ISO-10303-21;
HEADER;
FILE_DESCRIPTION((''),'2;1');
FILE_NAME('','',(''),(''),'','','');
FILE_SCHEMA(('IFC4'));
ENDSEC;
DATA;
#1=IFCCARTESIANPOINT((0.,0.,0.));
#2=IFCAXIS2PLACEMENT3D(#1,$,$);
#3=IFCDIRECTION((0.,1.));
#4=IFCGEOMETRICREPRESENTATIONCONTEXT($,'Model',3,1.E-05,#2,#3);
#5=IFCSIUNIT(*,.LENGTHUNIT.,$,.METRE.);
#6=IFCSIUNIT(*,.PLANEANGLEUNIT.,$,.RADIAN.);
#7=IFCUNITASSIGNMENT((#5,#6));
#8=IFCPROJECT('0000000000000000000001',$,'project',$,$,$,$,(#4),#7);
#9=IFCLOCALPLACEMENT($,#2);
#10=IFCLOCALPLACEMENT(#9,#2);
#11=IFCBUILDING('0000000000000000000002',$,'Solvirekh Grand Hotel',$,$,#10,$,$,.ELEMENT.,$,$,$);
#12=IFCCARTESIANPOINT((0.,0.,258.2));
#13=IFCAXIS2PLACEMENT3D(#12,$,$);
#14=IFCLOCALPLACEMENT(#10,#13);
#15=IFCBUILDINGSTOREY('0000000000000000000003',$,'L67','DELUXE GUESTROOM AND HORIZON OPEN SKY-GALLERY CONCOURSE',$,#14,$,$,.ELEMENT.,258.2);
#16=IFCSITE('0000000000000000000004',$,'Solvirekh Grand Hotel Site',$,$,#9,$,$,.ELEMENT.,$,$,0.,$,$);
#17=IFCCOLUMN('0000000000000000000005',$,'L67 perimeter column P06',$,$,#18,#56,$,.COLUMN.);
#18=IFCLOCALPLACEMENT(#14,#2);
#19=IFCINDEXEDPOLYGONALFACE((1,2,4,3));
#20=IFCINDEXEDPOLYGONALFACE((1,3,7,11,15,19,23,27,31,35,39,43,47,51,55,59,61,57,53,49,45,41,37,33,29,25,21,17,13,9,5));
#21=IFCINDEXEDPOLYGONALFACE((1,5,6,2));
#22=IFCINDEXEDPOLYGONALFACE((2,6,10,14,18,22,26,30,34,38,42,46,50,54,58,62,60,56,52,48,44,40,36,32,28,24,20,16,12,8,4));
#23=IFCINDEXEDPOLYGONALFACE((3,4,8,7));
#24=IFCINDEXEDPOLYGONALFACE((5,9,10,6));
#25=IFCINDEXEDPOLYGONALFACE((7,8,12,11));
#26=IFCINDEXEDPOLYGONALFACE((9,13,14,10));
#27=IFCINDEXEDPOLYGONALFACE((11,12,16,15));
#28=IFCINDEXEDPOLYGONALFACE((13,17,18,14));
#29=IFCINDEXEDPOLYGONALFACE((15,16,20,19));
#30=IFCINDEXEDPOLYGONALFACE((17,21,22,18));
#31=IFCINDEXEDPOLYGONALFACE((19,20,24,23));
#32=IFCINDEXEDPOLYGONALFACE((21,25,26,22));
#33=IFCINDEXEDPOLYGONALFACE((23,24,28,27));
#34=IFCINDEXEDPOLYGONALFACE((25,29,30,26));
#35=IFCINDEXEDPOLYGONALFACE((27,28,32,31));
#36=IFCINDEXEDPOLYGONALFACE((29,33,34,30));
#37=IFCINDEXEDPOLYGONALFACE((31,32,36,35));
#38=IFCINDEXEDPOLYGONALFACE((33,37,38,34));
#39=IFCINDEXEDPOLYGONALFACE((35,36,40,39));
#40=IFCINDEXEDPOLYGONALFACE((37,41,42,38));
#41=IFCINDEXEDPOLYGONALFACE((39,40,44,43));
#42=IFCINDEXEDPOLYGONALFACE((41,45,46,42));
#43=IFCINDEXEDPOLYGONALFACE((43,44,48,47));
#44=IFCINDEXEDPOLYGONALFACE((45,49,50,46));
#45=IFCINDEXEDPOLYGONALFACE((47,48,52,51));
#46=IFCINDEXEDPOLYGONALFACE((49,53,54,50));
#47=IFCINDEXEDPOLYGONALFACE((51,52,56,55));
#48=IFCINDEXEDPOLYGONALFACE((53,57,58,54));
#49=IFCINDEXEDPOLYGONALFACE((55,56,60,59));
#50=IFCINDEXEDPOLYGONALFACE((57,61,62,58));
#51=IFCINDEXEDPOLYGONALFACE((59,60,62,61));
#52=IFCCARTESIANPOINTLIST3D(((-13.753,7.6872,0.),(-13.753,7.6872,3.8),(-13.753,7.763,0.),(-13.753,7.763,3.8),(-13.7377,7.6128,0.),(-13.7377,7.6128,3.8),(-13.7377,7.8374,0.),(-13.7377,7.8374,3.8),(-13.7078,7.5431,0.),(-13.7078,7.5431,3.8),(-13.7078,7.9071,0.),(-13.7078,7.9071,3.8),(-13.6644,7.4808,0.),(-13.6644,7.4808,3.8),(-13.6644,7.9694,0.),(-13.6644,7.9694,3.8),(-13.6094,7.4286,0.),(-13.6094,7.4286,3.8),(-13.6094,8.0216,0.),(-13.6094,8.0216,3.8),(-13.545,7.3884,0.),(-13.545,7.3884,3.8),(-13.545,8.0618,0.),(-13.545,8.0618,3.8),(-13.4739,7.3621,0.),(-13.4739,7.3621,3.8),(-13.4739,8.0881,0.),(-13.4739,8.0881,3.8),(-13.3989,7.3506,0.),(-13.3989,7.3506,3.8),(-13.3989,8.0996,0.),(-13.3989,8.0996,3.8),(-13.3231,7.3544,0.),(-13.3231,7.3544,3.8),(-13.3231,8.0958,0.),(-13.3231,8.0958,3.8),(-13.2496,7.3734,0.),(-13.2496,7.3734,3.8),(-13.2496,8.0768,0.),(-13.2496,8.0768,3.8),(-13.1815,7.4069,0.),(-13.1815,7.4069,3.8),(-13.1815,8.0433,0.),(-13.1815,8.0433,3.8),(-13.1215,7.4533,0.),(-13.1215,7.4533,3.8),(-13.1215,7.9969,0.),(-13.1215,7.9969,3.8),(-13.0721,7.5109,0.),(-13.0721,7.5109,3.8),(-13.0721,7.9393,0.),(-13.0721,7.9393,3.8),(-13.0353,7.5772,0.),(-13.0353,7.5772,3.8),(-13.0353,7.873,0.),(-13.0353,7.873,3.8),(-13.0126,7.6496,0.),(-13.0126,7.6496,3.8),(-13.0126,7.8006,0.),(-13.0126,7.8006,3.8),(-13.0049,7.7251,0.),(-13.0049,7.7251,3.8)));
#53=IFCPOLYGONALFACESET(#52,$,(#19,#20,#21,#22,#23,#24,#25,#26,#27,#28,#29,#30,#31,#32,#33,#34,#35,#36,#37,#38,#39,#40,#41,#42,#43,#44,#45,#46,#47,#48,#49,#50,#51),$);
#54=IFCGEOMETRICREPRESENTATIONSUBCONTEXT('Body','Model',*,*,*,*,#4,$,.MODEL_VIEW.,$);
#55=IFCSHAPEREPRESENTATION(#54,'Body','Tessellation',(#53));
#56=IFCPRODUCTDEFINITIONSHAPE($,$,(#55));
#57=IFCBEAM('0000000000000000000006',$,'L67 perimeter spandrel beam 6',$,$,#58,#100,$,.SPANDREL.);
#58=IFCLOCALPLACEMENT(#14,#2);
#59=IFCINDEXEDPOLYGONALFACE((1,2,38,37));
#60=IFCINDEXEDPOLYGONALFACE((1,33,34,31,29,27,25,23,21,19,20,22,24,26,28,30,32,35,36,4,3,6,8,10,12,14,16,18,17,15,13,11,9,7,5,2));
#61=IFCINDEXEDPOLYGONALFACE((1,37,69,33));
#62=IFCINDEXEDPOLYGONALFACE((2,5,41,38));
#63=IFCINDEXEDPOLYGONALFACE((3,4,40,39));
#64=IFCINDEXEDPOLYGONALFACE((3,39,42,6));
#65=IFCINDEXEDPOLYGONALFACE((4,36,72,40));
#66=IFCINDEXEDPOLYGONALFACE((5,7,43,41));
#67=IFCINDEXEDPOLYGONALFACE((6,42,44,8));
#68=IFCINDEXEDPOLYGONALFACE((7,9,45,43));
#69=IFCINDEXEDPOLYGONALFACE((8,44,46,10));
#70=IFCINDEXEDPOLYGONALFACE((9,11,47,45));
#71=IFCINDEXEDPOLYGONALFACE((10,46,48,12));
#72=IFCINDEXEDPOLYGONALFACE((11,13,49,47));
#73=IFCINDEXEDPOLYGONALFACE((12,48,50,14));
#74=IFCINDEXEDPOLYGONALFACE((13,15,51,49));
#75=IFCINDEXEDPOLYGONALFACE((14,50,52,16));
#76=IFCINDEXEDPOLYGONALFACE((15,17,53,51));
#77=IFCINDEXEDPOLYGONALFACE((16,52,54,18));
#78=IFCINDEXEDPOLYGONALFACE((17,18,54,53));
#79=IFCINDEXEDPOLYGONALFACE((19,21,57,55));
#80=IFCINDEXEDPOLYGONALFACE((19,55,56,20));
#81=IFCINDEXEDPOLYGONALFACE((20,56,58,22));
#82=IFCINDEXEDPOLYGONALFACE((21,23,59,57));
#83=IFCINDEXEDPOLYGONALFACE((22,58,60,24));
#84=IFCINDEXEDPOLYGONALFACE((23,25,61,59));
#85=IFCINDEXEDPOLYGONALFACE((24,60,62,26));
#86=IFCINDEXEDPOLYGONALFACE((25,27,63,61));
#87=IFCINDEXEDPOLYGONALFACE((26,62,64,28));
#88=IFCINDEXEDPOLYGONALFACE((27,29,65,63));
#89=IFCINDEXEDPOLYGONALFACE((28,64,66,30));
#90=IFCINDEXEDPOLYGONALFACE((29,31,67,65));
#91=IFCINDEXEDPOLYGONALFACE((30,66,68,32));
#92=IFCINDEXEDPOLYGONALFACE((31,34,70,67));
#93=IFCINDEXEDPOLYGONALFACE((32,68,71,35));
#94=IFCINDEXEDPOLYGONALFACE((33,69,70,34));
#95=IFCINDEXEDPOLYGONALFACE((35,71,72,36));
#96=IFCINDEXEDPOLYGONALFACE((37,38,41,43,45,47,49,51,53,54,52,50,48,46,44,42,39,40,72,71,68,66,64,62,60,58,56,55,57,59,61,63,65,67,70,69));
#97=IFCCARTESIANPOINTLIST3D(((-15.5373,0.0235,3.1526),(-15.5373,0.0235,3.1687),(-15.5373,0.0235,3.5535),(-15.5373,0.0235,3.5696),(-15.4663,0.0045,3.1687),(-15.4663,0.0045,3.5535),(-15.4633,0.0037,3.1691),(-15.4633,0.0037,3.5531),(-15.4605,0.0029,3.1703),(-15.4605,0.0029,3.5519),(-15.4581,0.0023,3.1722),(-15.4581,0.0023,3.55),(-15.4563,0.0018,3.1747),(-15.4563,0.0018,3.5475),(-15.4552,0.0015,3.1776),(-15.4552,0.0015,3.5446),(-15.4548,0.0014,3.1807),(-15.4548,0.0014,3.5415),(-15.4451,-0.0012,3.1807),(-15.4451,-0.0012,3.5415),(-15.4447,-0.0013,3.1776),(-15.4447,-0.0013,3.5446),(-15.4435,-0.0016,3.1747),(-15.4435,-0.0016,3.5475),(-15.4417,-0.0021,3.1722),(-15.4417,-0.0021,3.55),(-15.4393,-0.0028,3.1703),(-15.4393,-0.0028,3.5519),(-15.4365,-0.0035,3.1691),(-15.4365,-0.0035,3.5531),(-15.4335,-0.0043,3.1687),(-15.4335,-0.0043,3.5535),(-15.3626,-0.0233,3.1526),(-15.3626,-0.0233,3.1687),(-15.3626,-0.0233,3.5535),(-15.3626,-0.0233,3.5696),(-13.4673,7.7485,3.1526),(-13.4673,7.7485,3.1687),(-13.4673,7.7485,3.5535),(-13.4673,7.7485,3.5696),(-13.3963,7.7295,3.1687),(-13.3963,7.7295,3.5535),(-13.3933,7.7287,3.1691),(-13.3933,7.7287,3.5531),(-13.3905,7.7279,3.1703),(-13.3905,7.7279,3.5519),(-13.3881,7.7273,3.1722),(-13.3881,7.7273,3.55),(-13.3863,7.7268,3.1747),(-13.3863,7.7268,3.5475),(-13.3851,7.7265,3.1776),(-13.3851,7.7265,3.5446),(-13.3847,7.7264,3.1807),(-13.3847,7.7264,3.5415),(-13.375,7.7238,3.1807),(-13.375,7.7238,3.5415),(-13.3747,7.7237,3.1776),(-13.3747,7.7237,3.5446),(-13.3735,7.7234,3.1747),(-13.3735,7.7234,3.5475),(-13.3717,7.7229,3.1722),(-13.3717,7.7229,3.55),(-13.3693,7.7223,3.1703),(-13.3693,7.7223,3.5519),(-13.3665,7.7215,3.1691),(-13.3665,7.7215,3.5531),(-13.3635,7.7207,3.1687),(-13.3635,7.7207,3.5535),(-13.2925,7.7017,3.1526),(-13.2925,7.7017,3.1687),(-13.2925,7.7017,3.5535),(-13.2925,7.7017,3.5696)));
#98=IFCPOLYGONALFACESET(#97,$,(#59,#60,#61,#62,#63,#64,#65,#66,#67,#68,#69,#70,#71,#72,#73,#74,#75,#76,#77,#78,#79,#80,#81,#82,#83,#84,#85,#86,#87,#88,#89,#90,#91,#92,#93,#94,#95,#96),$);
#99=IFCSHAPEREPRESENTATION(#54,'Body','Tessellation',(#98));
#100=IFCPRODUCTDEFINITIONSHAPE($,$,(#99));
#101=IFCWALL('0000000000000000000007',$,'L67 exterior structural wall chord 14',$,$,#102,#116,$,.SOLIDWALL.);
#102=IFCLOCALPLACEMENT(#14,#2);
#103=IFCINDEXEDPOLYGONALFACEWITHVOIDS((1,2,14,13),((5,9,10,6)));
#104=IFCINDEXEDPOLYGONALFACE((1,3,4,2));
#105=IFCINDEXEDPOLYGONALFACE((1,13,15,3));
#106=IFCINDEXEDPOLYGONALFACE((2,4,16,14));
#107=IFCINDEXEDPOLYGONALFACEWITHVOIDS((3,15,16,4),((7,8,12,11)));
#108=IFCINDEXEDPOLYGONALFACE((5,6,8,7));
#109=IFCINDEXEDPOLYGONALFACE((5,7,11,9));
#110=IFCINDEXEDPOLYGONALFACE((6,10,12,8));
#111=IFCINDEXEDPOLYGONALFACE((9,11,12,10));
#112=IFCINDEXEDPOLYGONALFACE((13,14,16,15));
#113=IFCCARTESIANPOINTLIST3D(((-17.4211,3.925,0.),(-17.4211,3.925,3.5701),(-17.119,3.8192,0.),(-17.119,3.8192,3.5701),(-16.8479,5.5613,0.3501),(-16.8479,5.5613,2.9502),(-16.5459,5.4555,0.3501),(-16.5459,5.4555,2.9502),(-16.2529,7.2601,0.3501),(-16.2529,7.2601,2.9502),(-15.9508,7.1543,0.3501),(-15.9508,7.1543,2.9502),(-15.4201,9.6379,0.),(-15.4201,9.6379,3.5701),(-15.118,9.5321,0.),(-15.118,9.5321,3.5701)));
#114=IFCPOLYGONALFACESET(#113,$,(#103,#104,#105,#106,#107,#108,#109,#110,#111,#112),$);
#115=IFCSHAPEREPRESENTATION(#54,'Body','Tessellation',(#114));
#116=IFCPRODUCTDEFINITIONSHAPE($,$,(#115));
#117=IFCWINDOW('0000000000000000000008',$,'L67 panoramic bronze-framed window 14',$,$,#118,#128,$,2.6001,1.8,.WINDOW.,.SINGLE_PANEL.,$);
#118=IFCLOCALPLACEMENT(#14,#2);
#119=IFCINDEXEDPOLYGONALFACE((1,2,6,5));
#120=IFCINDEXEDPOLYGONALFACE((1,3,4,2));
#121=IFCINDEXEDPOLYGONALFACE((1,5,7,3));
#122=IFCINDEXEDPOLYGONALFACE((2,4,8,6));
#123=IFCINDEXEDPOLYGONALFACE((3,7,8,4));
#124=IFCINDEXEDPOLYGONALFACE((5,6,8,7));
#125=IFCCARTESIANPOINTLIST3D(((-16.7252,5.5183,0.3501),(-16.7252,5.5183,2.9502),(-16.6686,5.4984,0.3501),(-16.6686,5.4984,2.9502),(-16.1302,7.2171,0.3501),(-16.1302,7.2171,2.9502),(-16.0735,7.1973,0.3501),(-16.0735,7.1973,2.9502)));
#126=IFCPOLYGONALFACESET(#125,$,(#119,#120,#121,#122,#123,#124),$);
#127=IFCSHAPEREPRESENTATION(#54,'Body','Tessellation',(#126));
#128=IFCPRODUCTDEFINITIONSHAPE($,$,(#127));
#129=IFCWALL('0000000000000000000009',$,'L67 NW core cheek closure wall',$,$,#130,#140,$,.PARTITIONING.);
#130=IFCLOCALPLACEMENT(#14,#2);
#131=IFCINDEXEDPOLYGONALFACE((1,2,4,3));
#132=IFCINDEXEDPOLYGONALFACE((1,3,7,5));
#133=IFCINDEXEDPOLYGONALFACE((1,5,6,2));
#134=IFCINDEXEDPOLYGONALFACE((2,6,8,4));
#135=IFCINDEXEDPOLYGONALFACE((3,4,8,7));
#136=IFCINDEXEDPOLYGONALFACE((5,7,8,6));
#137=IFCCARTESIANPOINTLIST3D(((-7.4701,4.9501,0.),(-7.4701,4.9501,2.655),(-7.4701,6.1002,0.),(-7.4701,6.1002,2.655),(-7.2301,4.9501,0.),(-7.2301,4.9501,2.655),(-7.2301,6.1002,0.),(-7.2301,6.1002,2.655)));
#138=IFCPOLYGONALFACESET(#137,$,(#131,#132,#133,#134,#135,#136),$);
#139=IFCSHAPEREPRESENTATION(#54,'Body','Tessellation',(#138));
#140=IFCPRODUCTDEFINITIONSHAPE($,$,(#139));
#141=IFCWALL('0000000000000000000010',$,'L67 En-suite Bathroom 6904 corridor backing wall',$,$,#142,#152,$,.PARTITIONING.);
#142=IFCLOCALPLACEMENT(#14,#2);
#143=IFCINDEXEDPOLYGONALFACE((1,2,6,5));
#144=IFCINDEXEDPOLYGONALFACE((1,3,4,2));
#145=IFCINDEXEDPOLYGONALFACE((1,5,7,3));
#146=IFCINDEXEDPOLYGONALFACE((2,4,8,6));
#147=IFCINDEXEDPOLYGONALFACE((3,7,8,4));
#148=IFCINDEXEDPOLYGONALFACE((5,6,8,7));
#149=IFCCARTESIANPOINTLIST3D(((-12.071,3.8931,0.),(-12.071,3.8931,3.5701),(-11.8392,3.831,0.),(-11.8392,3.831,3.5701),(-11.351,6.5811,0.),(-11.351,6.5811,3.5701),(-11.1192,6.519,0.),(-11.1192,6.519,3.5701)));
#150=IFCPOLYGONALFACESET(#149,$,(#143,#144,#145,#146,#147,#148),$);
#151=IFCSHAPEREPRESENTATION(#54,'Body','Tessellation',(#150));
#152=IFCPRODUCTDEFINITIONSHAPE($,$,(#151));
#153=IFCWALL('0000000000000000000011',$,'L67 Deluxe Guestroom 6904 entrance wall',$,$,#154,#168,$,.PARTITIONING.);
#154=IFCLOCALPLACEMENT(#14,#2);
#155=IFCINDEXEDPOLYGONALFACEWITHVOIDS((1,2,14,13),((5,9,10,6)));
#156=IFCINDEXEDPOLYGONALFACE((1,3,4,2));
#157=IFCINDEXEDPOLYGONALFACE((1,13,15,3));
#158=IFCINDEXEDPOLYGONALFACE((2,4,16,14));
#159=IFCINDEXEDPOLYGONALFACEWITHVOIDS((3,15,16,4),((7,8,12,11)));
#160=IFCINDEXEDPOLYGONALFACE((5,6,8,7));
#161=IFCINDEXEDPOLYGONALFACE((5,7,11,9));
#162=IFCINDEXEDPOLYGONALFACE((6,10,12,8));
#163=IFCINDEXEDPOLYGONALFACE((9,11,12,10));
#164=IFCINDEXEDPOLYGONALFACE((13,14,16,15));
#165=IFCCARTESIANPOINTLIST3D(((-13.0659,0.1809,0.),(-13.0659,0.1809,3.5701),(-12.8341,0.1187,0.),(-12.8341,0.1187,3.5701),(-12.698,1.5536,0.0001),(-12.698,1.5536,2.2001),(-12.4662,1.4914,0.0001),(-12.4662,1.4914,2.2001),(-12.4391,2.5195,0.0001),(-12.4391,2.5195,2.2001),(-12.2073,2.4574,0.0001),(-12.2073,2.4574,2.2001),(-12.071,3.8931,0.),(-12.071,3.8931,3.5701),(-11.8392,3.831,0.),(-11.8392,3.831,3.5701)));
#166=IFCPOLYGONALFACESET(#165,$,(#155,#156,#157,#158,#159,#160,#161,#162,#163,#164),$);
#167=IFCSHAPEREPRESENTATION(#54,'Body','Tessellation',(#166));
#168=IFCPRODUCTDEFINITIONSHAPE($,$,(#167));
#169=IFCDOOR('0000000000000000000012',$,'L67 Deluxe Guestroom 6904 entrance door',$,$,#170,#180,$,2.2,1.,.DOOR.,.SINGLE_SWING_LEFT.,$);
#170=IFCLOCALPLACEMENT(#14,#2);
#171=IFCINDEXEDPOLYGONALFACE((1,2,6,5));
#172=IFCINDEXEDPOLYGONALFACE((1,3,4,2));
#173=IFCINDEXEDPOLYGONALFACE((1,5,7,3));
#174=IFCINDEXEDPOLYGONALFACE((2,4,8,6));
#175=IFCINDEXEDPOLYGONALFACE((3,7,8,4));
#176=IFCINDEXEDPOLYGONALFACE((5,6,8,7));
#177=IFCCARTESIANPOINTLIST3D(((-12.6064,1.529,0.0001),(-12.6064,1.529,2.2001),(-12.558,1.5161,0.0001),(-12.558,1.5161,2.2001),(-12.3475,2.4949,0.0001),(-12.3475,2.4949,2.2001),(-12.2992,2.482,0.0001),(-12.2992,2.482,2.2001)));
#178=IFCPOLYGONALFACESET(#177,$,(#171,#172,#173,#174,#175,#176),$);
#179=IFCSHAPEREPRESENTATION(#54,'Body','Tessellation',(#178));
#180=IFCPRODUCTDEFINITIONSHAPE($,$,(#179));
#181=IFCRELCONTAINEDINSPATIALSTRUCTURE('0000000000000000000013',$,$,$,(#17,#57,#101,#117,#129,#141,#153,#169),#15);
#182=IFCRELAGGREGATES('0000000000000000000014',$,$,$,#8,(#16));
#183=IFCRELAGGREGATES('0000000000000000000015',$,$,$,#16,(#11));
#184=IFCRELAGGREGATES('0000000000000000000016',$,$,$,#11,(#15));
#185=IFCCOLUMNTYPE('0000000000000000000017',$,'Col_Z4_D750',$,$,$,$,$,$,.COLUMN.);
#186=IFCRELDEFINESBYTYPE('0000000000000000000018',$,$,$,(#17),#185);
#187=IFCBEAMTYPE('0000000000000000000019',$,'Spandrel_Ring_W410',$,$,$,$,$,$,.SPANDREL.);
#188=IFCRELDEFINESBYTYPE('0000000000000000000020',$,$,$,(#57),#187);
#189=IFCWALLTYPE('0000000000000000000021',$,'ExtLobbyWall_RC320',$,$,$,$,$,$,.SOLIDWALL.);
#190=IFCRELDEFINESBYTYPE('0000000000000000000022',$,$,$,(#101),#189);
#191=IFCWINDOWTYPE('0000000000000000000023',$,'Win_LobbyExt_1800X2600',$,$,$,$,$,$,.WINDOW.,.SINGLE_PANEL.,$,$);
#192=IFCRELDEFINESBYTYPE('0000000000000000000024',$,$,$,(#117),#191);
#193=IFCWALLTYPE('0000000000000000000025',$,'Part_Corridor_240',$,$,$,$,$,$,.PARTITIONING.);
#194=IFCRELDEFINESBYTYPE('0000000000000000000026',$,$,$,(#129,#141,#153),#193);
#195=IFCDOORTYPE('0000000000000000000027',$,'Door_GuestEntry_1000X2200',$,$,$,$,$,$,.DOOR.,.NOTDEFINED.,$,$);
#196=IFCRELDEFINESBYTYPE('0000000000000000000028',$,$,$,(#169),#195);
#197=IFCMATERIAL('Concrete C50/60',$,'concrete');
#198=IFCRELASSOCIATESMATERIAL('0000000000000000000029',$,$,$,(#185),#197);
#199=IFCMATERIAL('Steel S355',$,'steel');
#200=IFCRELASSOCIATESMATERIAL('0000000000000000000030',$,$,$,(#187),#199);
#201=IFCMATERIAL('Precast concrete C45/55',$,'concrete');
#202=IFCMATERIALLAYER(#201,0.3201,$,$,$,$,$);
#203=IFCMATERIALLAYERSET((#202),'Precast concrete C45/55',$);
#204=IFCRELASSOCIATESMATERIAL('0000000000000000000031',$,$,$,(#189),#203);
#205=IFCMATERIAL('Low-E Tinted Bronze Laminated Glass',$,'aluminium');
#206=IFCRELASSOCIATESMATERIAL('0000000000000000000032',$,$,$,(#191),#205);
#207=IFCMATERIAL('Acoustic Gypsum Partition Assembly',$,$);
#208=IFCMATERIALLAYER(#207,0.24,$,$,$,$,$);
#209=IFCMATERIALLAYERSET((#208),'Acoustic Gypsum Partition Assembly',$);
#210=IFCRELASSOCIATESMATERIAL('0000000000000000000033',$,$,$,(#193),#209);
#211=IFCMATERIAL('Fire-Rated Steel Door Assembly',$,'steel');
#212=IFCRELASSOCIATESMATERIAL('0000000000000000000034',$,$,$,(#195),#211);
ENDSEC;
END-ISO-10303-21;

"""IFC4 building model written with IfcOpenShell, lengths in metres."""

from ifc_helpers import new_model, si_unit, direction, frame, frame_2d, origin, origin_2d, place, context, subcontext, project, spatial, rectangle, circle, i_section, extrude, material, layer, layer_set, material_profile, profile_set, type_object, element, fill, save


model = new_model("IFC4")

# Units and contexts
model_context = context("Model", 3, precision=1e-05, world=origin(), true_north=direction((0.0, 1.0)))
body_context = subcontext(model_context, "Body", "Model", "MODEL_VIEW")
ifc_project = project(units=[si_unit("LENGTHUNIT", "METRE"), si_unit("PLANEANGLEUNIT", "RADIAN")], contexts=[model_context])

# Site, building, storey
site_placement = place(None, origin())
site = spatial("IfcSite", under=ifc_project, at=site_placement, Name="Solvirekh Grand Hotel Site", CompositionType="ELEMENT", RefElevation=0.0)
building_placement = place(site_placement, origin())
building = spatial("IfcBuilding", under=site, at=building_placement, Name="Solvirekh Grand Hotel", CompositionType="ELEMENT")
storey_placement = place(building_placement, frame((0.0, 0.0, 258.2)))
storey = spatial("IfcBuildingStorey", under=building, at=storey_placement, Name="L67", Description="DELUXE GUESTROOM AND HORIZON OPEN SKY-GALLERY CONCOURSE", CompositionType="ELEMENT", Elevation=258.2)

# Column
ifc_material_1 = material(Name="Concrete C50/60", Category="concrete")
ifc_material_profile_1 = material_profile(ifc_material_1, circle(Radius=0.375, at=origin_2d()), Name="RC CIRC D750")
ifc_profile_set_1 = profile_set([ifc_material_profile_1], Name="Concrete C50/60")
column_type = type_object("IfcColumnType", Name="Col_Z4_D750", PredefinedType="COLUMN", material=ifc_profile_set_1)
column_placement = place(storey_placement, frame((-13.3799, 7.7251, 0.0), z_axis=(0.0, 0.0, 1.0), x_axis=(1.0, 0.0, 0.0)))
element("IfcColumn", 1, at=column_placement, inside=storey, type_object=column_type, Name="L67 perimeter column P06", PredefinedType="COLUMN", context=body_context, shape_type="SweptSolid", body=[
    extrude(circle(Radius=0.375, at=origin_2d()), origin(), (0.0, 0.0, 1.0), 3.8),
])

# Beam
ifc_material_2 = material(Name="Steel S355", Category="steel")
ifc_material_profile_2 = material_profile(ifc_material_2, i_section(OverallWidth=0.1809, OverallDepth=0.417, WebThickness=0.01, FlangeThickness=0.0161, FilletRadius=0.012, at=origin_2d()), Name="W410X85")
ifc_profile_set_2 = profile_set([ifc_material_profile_2], Name="Steel S355")
beam_type = type_object("IfcBeamType", Name="Spandrel_Ring_W410", PredefinedType="SPANDREL", material=ifc_profile_set_2)
beam_placement = place(storey_placement, frame((-13.3799, 7.7251, 3.3611), z_axis=(-0.258835, -0.965922, 0.0), x_axis=(0.965922, -0.258835, 0.0)))
element("IfcBeam", 2, at=beam_placement, inside=storey, type_object=beam_type, Name="L67 perimeter spandrel beam 6", PredefinedType="SPANDREL", context=body_context, shape_type="SweptSolid", body=[
    extrude(i_section(OverallWidth=0.1809, OverallDepth=0.417, WebThickness=0.01, FlangeThickness=0.0161, FilletRadius=0.012, at=origin_2d()), origin(), (0.0, 0.0, 1.0), 7.9976),
])

# Wall, opening, window
ifc_material_3 = material(Name="Precast concrete C45/55", Category="concrete")
ifc_layer_1 = layer(ifc_material_3, 0.3201)
ifc_layer_set_1 = layer_set([ifc_layer_1], Name="Precast concrete C45/55")
wall_type_1 = type_object("IfcWallType", Name="ExtLobbyWall_RC320", PredefinedType="SOLIDWALL", material=ifc_layer_set_1)
wall_1_placement = place(storey_placement, frame((-17.27, 3.8721, 0.0), z_axis=(0.0, 0.0, 1.0), x_axis=(0.330566, 0.943783, 0.0)))
wall_1 = element("IfcWall", 3, at=wall_1_placement, inside=storey, type_object=wall_type_1, Name="L67 exterior structural wall chord 14", PredefinedType="SOLIDWALL", context=body_context, shape_type="SweptSolid", body=[
    extrude(rectangle(XDim=6.0532, YDim=0.3201, at=frame_2d((3.0266, 0.0))), origin(), (0.0, 0.0, 1.0), 3.5701),
])
opening_1_placement = place(wall_1_placement, frame((1.7339, 0.0, 0.3501)))
opening_1 = element("IfcOpeningElement", 4, at=opening_1_placement, cuts=wall_1, PredefinedType="OPENING", context=body_context, shape_type="SweptSolid", body=[
    extrude(rectangle(XDim=1.8, YDim=2.6001, at=frame_2d((0.8999, 1.3))), frame((0.0, 0.1699, 0.0), z_axis=(0.0, -1.0, 0.0), x_axis=(1.0, 0.0, 0.0)), (0.0, 0.0, 1.0), 0.3401),
])
ifc_material_4 = material(Name="Low-E Tinted Bronze Laminated Glass", Category="aluminium")
window_type = type_object("IfcWindowType", Name="Win_LobbyExt_1800X2600", PartitioningType="SINGLE_PANEL", PredefinedType="WINDOW", material=ifc_material_4)
window_placement = place(opening_1_placement, origin())
window = element("IfcWindow", 5, at=window_placement, inside=storey, type_object=window_type, Name="L67 panoramic bronze-framed window 14", OverallHeight=2.6001, OverallWidth=1.8, PartitioningType="SINGLE_PANEL", PredefinedType="WINDOW", context=body_context, shape_type="SweptSolid", body=[
    extrude(rectangle(XDim=1.8, YDim=2.6001, at=frame_2d((0.8999, 1.3))), frame((0.0, 0.03, 0.0), z_axis=(0.0, -1.0, 0.0), x_axis=(1.0, 0.0, 0.0)), (0.0, 0.0, 1.0), 0.0601),
])
fill(opening_1, window)

# Walls
ifc_material_5 = material(Name="Acoustic Gypsum Partition Assembly")
ifc_layer_2 = layer(ifc_material_5, 0.24)
ifc_layer_set_2 = layer_set([ifc_layer_2], Name="Acoustic Gypsum Partition Assembly")
wall_type_2 = type_object("IfcWallType", Name="Part_Corridor_240", PredefinedType="PARTITIONING", material=ifc_layer_set_2)
wall_2_placement = place(storey_placement, frame((-7.3501, 4.95, 0.0), z_axis=(0.0, 0.0, 1.0), x_axis=(0.0, 1.0, 0.0)))
element("IfcWall", 6, at=wall_2_placement, inside=storey, type_object=wall_type_2, Name="L67 NW core cheek closure wall", PredefinedType="PARTITIONING", context=body_context, shape_type="SweptSolid", body=[
    extrude(rectangle(XDim=1.1501, YDim=0.24, at=frame_2d((0.5752, 0.0))), origin(), (0.0, 0.0, 1.0), 2.655),
])
wall_3_placement = place(storey_placement, frame((-11.2351, 6.55, 0.0), z_axis=(0.0, 0.0, 1.0), x_axis=(-0.258727, -0.96595, 0.0)))
element("IfcWall", 7, at=wall_3_placement, inside=storey, type_object=wall_type_2, Name="L67 En-suite Bathroom 6904 corridor backing wall", PredefinedType="PARTITIONING", context=body_context, shape_type="SweptSolid", body=[
    extrude(rectangle(XDim=2.7827, YDim=0.24, at=frame_2d((1.3914, 0.0))), origin(), (0.0, 0.0, 1.0), 3.5701),
])

# Wall, opening, door
wall_4_placement = place(storey_placement, frame((-11.9551, 3.8621, 0.0), z_axis=(0.0, 0.0, 1.0), x_axis=(-0.258868, -0.965913, 0.0)))
wall_4 = element("IfcWall", 8, at=wall_4_placement, inside=storey, type_object=wall_type_2, Name="L67 Deluxe Guestroom 6904 entrance wall", PredefinedType="PARTITIONING", context=body_context, shape_type="SweptSolid", body=[
    extrude(rectangle(XDim=3.8433, YDim=0.24, at=frame_2d((1.9216, 0.0))), origin(), (0.0, 0.0, 1.0), 3.5701),
])
opening_2_placement = place(wall_4_placement, frame((1.4221, 0.0, 0.0)))
opening_2 = element("IfcOpeningElement", 9, at=opening_2_placement, cuts=wall_4, PredefinedType="OPENING", context=body_context, shape_type="SweptSolid", body=[
    extrude(rectangle(XDim=1.0, YDim=2.2, at=frame_2d((0.5, 1.1001))), frame((0.0, 0.1299, 0.0), z_axis=(0.0, -1.0, 0.0), x_axis=(1.0, 0.0, 0.0)), (0.0, 0.0, 1.0), 0.26),
])
ifc_material_6 = material(Name="Fire-Rated Steel Door Assembly", Category="steel")
door_type_1 = type_object("IfcDoorType", Name="Door_GuestEntry_1000X2200", OperationType="NOTDEFINED", PredefinedType="DOOR", material=ifc_material_6)
door_1_placement = place(opening_2_placement, origin())
door_1 = element("IfcDoor", 10, at=door_1_placement, inside=storey, type_object=door_type_1, Name="L67 Deluxe Guestroom 6904 entrance door", OperationType="SINGLE_SWING_LEFT", OverallHeight=2.2, OverallWidth=1.0, PredefinedType="DOOR", context=body_context, shape_type="SweptSolid", body=[
    extrude(rectangle(XDim=1.0, YDim=2.2, at=frame_2d((0.5, 1.1001))), frame((0.0, 0.0249, 0.0), z_axis=(0.0, -1.0, 0.0), x_axis=(1.0, 0.0, 0.0)), (0.0, 0.0, 1.0), 0.05),
])
fill(opening_2, door_1)

save(model, "model.ifc")
